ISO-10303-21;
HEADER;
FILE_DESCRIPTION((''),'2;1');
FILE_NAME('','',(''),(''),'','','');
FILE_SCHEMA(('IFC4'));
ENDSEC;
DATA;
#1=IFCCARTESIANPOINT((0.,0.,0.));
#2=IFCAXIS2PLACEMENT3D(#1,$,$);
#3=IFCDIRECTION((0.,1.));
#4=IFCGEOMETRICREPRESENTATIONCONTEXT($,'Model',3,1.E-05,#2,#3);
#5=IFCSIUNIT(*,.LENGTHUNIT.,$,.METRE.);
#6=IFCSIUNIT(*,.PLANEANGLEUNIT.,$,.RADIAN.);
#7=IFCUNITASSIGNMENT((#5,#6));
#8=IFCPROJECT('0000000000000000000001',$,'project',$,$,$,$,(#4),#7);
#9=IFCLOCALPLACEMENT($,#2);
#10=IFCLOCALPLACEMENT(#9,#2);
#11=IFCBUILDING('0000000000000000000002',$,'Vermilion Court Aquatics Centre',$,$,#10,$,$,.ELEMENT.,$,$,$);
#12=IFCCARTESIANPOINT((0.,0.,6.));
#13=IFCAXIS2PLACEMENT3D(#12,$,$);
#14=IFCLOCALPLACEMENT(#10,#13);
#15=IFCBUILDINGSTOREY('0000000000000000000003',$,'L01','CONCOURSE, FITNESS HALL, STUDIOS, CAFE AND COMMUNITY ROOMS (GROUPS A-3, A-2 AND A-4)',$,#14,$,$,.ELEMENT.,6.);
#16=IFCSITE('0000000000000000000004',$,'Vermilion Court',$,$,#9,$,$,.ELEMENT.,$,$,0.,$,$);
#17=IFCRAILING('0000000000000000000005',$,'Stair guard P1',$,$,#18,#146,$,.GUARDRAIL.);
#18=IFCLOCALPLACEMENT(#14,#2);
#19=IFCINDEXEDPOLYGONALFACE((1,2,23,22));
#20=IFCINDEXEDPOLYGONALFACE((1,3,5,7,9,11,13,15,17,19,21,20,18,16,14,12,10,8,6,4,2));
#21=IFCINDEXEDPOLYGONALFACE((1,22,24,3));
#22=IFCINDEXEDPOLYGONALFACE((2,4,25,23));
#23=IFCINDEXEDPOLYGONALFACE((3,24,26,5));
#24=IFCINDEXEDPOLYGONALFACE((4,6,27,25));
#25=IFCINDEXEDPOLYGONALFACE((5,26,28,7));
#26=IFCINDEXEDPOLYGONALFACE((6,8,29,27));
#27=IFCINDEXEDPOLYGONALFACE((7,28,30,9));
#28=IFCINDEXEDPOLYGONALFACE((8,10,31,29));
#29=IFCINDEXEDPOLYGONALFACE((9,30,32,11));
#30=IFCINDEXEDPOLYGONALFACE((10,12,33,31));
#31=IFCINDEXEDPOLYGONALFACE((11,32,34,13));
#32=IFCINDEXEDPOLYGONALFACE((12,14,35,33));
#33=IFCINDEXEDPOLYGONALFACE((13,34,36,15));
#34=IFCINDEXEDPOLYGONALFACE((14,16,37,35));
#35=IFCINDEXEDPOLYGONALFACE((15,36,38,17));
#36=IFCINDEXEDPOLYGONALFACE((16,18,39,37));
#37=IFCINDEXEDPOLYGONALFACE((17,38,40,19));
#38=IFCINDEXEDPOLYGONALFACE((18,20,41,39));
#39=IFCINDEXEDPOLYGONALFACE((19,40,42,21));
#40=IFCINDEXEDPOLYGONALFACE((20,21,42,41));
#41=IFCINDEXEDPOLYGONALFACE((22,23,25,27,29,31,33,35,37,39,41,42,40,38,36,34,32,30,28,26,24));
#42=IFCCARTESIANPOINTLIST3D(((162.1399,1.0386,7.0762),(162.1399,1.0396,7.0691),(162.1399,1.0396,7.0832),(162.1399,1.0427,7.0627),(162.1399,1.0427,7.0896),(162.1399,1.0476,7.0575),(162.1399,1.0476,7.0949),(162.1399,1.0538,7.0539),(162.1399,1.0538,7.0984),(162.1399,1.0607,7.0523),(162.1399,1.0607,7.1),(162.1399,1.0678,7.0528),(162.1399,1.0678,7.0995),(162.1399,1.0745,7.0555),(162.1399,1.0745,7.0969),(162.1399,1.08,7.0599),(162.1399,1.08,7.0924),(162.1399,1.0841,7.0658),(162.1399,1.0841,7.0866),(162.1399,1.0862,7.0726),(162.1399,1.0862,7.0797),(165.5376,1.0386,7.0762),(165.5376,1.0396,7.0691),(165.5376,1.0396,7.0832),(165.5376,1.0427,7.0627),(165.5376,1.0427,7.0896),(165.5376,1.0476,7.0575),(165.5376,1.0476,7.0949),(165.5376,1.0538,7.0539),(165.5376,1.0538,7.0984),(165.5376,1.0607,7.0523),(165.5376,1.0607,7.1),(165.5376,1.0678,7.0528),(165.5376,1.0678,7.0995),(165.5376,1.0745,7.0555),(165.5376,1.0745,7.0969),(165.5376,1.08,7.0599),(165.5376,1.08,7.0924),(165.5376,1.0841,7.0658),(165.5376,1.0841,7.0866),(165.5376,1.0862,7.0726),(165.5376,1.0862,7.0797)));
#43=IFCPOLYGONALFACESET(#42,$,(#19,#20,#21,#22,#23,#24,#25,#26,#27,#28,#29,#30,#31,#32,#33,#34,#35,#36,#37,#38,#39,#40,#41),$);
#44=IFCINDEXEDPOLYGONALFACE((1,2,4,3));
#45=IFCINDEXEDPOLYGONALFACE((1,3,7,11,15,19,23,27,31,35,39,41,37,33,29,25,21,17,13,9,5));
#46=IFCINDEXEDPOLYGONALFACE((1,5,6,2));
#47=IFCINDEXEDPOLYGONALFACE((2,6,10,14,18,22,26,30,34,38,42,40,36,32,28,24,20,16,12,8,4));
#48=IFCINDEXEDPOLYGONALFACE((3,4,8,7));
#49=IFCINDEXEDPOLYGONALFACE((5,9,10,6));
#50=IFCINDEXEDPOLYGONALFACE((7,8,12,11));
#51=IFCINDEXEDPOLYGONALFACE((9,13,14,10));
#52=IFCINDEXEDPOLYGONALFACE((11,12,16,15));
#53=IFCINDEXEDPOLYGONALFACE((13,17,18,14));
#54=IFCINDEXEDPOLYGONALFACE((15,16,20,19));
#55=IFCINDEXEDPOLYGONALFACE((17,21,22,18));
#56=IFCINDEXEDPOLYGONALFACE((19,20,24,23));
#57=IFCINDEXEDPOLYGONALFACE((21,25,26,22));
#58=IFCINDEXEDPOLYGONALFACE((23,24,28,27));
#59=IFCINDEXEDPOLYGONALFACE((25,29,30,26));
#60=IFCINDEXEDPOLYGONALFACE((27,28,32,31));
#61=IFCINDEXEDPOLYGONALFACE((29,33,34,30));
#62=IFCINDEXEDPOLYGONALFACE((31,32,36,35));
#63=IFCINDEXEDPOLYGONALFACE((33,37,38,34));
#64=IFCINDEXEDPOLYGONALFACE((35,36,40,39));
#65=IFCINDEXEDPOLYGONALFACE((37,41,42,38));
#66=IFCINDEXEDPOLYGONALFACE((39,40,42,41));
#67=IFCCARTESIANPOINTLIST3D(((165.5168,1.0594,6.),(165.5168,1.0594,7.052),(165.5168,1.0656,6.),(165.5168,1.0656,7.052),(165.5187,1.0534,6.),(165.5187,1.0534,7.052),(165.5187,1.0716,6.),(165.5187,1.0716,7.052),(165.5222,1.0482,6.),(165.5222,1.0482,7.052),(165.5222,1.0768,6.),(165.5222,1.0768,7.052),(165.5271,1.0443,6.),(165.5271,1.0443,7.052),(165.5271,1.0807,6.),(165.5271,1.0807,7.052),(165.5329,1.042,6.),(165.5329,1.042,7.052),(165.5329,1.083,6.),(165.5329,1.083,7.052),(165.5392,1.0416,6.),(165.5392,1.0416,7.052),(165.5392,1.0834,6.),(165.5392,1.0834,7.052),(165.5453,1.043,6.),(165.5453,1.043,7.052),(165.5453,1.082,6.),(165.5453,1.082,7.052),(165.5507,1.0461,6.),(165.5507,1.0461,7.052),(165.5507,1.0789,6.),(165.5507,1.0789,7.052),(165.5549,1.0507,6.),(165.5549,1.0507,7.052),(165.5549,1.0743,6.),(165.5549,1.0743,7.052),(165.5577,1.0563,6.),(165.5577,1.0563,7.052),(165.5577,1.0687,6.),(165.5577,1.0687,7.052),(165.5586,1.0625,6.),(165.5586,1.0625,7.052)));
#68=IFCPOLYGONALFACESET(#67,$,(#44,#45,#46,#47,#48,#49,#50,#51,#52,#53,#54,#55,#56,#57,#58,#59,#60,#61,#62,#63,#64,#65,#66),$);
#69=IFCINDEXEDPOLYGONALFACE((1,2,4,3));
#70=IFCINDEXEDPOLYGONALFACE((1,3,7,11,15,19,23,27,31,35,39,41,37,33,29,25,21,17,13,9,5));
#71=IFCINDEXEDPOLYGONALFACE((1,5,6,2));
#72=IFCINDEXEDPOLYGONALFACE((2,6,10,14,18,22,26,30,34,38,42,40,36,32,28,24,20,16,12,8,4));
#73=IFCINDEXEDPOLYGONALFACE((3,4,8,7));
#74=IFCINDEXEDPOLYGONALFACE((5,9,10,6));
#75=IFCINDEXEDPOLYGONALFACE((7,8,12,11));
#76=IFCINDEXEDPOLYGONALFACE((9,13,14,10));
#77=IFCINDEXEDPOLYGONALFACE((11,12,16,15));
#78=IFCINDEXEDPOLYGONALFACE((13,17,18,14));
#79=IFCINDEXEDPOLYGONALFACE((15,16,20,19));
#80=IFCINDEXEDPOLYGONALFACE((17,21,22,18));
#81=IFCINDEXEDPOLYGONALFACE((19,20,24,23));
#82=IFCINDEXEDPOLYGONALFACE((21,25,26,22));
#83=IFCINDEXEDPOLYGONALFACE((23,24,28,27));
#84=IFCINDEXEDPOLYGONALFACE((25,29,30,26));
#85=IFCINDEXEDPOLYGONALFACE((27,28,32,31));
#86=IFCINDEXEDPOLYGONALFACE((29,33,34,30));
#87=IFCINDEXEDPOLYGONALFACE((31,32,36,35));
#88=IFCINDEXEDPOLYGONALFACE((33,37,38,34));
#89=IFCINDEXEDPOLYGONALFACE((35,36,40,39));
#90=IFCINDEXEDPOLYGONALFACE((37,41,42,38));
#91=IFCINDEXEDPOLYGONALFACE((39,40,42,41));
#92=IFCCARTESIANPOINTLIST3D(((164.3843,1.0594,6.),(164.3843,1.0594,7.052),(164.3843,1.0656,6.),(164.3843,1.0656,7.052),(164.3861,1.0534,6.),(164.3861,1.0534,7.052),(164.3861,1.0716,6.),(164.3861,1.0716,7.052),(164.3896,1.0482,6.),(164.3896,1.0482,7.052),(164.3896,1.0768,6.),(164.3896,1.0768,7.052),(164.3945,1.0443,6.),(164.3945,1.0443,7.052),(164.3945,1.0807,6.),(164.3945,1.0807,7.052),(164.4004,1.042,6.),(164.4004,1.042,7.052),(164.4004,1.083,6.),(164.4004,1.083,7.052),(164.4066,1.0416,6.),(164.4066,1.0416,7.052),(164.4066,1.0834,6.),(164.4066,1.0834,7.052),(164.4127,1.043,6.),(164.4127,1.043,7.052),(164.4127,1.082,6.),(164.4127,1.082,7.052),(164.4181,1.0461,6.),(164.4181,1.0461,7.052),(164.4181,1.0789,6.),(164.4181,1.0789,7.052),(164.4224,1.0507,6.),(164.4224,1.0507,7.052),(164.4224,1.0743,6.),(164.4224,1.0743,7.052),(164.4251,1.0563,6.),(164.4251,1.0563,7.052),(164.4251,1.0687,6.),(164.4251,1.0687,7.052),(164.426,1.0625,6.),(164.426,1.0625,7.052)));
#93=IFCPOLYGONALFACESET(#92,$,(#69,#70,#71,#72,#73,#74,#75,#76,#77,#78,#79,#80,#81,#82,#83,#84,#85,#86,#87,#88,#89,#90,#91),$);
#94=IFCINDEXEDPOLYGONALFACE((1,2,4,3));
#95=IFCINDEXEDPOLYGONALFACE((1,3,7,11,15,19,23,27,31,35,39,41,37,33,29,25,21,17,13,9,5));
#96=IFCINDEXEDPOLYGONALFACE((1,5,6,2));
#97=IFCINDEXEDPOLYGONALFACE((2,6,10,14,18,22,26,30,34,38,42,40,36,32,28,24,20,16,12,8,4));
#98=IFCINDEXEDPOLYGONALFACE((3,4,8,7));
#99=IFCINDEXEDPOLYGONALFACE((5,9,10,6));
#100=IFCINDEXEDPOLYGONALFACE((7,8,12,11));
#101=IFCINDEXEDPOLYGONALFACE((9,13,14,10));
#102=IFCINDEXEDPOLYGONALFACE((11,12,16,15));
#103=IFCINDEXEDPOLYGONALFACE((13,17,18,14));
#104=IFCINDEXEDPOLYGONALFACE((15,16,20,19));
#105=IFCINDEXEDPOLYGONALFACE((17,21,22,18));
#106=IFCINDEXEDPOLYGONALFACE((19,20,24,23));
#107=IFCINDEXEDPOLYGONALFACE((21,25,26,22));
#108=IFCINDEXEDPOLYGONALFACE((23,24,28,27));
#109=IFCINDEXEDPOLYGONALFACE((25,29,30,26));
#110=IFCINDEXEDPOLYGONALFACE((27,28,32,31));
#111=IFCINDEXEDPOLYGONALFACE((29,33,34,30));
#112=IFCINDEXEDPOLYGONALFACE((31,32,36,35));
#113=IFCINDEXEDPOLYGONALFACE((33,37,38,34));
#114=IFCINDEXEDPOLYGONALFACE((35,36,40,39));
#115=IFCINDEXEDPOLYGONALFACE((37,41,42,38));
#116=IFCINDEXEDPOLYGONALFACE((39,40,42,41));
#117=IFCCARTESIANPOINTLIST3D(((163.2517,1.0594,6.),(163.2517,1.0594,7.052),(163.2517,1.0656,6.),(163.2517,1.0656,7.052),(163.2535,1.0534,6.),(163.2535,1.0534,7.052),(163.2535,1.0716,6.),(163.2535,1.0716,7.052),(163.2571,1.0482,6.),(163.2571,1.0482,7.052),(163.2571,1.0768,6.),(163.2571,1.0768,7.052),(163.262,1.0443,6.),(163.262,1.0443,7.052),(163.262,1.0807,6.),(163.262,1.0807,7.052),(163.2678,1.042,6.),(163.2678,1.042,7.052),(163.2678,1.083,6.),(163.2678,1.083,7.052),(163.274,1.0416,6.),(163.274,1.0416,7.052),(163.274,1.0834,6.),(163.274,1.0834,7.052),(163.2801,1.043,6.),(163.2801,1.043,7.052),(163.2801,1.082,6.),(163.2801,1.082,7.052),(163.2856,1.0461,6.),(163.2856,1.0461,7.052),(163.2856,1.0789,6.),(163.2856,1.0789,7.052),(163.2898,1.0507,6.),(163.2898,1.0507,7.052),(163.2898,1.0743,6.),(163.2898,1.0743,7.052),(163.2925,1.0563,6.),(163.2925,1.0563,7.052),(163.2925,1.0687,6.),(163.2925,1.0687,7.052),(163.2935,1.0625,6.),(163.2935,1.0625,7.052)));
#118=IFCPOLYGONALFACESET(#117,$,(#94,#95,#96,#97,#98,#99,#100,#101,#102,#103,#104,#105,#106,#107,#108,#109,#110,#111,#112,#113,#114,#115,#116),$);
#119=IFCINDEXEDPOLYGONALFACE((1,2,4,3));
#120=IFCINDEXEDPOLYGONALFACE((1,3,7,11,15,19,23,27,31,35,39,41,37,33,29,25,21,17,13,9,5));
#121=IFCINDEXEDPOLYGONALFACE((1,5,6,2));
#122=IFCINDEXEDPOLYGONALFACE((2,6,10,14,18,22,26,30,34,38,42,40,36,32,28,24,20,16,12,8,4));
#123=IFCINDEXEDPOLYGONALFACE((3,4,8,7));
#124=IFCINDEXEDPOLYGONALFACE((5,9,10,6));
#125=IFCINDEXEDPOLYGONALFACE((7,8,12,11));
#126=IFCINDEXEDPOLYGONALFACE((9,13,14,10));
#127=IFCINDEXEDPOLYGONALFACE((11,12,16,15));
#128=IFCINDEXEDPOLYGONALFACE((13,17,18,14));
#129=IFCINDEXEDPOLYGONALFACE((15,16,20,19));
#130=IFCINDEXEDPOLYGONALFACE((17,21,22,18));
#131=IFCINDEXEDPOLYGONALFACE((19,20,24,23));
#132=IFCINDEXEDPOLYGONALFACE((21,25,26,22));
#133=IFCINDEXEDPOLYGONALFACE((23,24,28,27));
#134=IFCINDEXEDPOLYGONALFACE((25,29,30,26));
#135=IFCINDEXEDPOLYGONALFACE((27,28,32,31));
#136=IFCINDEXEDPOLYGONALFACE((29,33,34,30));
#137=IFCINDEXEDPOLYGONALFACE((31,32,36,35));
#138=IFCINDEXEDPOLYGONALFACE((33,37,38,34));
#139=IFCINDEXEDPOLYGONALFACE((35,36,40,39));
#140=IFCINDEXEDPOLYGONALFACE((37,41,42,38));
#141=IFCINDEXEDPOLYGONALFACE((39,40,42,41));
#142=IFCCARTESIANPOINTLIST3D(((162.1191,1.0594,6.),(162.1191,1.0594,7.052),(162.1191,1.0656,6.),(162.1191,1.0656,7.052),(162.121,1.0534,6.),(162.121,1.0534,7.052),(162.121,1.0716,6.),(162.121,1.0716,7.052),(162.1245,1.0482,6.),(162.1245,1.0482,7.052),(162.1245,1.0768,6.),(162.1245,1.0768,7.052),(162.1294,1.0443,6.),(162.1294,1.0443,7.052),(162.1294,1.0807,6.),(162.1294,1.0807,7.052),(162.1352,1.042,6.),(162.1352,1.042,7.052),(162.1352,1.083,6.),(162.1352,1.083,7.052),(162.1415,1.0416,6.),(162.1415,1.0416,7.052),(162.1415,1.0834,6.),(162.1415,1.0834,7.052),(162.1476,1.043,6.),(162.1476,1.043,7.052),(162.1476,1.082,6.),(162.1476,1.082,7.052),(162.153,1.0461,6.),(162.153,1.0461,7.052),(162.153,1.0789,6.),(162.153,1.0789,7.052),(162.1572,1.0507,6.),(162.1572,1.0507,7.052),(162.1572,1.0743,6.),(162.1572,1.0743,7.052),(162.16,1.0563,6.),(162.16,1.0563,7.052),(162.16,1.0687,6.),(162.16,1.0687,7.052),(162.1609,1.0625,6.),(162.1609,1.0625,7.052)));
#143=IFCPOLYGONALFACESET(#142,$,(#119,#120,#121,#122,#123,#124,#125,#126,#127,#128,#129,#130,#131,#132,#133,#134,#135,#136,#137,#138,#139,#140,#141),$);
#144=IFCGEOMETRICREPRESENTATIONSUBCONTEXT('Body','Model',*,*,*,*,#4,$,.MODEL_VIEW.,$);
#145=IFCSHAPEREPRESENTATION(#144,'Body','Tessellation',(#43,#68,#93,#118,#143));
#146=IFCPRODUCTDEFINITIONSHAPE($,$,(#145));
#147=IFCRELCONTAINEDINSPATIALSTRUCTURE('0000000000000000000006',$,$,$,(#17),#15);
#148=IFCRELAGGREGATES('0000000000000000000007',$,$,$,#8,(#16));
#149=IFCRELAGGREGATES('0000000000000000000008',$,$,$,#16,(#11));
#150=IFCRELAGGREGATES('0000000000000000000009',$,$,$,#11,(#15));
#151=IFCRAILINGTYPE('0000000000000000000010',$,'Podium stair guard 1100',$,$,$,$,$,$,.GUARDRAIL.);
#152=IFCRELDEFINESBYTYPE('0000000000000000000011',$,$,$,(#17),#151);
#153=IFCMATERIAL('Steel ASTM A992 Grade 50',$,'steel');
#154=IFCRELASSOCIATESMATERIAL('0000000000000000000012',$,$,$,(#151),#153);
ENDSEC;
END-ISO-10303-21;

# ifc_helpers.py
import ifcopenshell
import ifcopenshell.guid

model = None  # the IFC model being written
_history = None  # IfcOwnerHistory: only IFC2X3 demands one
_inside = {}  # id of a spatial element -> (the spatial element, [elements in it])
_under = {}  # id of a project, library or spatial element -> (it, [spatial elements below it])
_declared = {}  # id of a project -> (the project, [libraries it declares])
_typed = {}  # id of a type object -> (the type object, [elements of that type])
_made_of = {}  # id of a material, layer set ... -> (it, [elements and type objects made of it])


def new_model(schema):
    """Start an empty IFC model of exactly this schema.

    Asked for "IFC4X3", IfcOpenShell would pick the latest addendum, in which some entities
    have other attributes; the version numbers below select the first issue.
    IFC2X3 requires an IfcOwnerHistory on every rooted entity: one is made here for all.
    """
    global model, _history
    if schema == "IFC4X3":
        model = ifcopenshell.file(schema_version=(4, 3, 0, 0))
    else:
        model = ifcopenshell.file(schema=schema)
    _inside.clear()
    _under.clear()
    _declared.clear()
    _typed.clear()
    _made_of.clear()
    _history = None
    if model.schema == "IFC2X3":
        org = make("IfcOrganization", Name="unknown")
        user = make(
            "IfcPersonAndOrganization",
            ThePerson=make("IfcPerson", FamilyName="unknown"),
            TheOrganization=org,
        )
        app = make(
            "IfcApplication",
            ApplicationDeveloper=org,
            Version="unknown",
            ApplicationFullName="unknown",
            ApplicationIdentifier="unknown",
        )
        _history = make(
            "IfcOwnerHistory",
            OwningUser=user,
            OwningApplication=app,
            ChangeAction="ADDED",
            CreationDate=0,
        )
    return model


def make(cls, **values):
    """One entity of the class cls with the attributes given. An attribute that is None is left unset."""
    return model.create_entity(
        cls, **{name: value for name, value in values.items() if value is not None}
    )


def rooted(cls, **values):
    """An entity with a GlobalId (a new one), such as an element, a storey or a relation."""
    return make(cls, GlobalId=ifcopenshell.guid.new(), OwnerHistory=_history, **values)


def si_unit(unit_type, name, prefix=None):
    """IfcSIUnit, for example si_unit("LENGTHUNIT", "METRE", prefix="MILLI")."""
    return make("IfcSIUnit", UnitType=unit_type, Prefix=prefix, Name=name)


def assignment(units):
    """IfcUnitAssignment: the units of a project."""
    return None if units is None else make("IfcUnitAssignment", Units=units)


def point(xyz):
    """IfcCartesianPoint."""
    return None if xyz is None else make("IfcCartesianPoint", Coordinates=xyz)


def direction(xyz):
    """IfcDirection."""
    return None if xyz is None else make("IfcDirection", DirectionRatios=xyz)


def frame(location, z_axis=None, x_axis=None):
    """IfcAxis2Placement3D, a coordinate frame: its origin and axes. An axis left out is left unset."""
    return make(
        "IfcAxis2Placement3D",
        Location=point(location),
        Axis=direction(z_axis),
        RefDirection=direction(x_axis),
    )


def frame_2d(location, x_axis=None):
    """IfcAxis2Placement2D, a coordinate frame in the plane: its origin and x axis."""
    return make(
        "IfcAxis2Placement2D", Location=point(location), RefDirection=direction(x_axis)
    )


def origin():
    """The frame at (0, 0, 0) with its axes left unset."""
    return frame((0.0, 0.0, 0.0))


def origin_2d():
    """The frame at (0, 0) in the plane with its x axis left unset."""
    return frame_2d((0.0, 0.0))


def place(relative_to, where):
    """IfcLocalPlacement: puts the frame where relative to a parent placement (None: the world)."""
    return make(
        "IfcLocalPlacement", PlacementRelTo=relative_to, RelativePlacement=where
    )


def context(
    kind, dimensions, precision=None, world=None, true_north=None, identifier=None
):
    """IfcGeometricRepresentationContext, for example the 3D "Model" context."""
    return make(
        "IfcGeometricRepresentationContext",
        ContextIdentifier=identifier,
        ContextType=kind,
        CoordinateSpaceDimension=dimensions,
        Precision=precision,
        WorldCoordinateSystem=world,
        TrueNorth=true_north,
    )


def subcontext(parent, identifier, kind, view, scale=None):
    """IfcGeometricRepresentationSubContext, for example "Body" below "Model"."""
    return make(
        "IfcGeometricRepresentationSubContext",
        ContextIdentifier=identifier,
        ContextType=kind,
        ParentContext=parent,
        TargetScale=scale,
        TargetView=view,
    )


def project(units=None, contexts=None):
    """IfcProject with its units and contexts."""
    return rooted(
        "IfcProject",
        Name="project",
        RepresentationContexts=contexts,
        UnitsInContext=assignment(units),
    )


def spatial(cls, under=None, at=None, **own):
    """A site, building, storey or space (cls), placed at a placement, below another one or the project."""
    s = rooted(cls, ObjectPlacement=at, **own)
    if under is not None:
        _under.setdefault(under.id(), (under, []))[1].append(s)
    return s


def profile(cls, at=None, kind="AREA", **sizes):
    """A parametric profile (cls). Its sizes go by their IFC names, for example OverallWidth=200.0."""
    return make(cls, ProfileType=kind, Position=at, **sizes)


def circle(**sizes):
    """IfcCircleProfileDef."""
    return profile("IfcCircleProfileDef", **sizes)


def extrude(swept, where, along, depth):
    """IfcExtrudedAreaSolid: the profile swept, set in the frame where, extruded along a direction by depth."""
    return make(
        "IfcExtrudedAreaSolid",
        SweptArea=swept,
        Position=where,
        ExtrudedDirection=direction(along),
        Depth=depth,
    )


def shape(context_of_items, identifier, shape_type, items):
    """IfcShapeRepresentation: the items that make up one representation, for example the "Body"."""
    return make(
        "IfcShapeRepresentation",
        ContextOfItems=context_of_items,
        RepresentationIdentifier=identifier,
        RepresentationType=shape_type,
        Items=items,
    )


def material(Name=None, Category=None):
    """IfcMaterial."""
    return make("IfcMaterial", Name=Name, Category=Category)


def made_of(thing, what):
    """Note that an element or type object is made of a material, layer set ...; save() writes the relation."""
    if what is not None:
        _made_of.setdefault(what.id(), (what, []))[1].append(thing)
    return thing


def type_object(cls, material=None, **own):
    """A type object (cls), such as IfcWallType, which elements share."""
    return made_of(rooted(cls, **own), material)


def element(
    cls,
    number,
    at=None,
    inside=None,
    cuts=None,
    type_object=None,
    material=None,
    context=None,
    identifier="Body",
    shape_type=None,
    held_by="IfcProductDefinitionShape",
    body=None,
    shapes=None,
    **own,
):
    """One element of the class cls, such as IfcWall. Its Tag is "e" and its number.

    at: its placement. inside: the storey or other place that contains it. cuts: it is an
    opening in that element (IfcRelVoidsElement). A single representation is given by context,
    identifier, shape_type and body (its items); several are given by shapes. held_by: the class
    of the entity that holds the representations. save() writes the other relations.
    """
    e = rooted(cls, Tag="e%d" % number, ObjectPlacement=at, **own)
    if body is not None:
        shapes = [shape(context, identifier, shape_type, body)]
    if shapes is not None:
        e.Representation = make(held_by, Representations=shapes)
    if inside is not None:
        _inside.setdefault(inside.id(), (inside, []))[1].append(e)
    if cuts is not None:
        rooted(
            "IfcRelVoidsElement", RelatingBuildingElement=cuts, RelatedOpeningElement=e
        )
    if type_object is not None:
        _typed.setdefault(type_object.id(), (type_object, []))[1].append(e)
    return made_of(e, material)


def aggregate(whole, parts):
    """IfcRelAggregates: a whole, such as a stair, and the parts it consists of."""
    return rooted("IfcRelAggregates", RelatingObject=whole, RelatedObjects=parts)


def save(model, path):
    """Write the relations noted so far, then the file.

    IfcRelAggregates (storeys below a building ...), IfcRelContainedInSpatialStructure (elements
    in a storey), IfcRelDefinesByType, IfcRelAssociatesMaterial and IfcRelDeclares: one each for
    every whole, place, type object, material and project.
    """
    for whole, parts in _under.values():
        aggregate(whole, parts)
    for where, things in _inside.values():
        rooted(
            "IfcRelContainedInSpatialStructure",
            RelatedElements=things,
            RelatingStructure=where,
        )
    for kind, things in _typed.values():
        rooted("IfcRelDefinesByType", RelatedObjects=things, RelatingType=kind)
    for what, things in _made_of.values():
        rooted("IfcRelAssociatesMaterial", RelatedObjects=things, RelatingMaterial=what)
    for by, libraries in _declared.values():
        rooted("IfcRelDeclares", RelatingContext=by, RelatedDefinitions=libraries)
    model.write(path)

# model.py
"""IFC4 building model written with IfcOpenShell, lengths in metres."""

from ifc_helpers import new_model, si_unit, direction, frame, origin, origin_2d, place, context, subcontext, project, spatial, circle, extrude, material, type_object, element, save


model = new_model("IFC4")

# Units and contexts
model_context = context("Model", 3, precision=1e-05, world=origin(), true_north=direction((0.0, 1.0)))
body_context = subcontext(model_context, "Body", "Model", "MODEL_VIEW")
ifc_project = project(units=[si_unit("LENGTHUNIT", "METRE"), si_unit("PLANEANGLEUNIT", "RADIAN")], contexts=[model_context])

# Site, building, storey
site_placement = place(None, origin())
site = spatial("IfcSite", under=ifc_project, at=site_placement, Name="Vermilion Court", CompositionType="ELEMENT", RefElevation=0.0)
building_placement = place(site_placement, origin())
building = spatial("IfcBuilding", under=site, at=building_placement, Name="Vermilion Court Aquatics Centre", CompositionType="ELEMENT")
storey_placement = place(building_placement, frame((0.0, 0.0, 6.0)))
storey = spatial("IfcBuildingStorey", under=building, at=storey_placement, Name="L01", Description="CONCOURSE, FITNESS HALL, STUDIOS, CAFE AND COMMUNITY ROOMS (GROUPS A-3, A-2 AND A-4)", CompositionType="ELEMENT", Elevation=6.0)

# Railing
ifc_material_1 = material(Name="Steel ASTM A992 Grade 50", Category="steel")
railing_type_1 = type_object("IfcRailingType", Name="Podium stair guard 1100", PredefinedType="GUARDRAIL", material=ifc_material_1)
railing_1_placement = place(storey_placement, frame((165.5376, 1.0625, 6.0)))
element("IfcRailing", 1, at=railing_1_placement, inside=storey, type_object=railing_type_1, Name="Stair guard P1", PredefinedType="GUARDRAIL", context=body_context, shape_type="SweptSolid", body=[
    extrude(circle(Radius=0.0239, at=origin_2d()), frame((0.0, 0.0, 1.0762), z_axis=(-1.0, 0.0, 0.0), x_axis=(0.0, -1.0, 0.0)), (0.0, 0.0, 1.0), 3.3977),
    extrude(circle(Radius=0.021, at=origin_2d()), origin(), (0.0, 0.0, 1.0), 1.052),
    extrude(circle(Radius=0.021, at=origin_2d()), frame((-1.1326, 0.0, 0.0)), (0.0, 0.0, 1.0), 1.052),
    extrude(circle(Radius=0.021, at=origin_2d()), frame((-2.2651, 0.0, 0.0)), (0.0, 0.0, 1.0), 1.052),
    extrude(circle(Radius=0.021, at=origin_2d()), frame((-3.3977, 0.0, 0.0)), (0.0, 0.0, 1.0), 1.052),
])

save(model, "model.ifc")
